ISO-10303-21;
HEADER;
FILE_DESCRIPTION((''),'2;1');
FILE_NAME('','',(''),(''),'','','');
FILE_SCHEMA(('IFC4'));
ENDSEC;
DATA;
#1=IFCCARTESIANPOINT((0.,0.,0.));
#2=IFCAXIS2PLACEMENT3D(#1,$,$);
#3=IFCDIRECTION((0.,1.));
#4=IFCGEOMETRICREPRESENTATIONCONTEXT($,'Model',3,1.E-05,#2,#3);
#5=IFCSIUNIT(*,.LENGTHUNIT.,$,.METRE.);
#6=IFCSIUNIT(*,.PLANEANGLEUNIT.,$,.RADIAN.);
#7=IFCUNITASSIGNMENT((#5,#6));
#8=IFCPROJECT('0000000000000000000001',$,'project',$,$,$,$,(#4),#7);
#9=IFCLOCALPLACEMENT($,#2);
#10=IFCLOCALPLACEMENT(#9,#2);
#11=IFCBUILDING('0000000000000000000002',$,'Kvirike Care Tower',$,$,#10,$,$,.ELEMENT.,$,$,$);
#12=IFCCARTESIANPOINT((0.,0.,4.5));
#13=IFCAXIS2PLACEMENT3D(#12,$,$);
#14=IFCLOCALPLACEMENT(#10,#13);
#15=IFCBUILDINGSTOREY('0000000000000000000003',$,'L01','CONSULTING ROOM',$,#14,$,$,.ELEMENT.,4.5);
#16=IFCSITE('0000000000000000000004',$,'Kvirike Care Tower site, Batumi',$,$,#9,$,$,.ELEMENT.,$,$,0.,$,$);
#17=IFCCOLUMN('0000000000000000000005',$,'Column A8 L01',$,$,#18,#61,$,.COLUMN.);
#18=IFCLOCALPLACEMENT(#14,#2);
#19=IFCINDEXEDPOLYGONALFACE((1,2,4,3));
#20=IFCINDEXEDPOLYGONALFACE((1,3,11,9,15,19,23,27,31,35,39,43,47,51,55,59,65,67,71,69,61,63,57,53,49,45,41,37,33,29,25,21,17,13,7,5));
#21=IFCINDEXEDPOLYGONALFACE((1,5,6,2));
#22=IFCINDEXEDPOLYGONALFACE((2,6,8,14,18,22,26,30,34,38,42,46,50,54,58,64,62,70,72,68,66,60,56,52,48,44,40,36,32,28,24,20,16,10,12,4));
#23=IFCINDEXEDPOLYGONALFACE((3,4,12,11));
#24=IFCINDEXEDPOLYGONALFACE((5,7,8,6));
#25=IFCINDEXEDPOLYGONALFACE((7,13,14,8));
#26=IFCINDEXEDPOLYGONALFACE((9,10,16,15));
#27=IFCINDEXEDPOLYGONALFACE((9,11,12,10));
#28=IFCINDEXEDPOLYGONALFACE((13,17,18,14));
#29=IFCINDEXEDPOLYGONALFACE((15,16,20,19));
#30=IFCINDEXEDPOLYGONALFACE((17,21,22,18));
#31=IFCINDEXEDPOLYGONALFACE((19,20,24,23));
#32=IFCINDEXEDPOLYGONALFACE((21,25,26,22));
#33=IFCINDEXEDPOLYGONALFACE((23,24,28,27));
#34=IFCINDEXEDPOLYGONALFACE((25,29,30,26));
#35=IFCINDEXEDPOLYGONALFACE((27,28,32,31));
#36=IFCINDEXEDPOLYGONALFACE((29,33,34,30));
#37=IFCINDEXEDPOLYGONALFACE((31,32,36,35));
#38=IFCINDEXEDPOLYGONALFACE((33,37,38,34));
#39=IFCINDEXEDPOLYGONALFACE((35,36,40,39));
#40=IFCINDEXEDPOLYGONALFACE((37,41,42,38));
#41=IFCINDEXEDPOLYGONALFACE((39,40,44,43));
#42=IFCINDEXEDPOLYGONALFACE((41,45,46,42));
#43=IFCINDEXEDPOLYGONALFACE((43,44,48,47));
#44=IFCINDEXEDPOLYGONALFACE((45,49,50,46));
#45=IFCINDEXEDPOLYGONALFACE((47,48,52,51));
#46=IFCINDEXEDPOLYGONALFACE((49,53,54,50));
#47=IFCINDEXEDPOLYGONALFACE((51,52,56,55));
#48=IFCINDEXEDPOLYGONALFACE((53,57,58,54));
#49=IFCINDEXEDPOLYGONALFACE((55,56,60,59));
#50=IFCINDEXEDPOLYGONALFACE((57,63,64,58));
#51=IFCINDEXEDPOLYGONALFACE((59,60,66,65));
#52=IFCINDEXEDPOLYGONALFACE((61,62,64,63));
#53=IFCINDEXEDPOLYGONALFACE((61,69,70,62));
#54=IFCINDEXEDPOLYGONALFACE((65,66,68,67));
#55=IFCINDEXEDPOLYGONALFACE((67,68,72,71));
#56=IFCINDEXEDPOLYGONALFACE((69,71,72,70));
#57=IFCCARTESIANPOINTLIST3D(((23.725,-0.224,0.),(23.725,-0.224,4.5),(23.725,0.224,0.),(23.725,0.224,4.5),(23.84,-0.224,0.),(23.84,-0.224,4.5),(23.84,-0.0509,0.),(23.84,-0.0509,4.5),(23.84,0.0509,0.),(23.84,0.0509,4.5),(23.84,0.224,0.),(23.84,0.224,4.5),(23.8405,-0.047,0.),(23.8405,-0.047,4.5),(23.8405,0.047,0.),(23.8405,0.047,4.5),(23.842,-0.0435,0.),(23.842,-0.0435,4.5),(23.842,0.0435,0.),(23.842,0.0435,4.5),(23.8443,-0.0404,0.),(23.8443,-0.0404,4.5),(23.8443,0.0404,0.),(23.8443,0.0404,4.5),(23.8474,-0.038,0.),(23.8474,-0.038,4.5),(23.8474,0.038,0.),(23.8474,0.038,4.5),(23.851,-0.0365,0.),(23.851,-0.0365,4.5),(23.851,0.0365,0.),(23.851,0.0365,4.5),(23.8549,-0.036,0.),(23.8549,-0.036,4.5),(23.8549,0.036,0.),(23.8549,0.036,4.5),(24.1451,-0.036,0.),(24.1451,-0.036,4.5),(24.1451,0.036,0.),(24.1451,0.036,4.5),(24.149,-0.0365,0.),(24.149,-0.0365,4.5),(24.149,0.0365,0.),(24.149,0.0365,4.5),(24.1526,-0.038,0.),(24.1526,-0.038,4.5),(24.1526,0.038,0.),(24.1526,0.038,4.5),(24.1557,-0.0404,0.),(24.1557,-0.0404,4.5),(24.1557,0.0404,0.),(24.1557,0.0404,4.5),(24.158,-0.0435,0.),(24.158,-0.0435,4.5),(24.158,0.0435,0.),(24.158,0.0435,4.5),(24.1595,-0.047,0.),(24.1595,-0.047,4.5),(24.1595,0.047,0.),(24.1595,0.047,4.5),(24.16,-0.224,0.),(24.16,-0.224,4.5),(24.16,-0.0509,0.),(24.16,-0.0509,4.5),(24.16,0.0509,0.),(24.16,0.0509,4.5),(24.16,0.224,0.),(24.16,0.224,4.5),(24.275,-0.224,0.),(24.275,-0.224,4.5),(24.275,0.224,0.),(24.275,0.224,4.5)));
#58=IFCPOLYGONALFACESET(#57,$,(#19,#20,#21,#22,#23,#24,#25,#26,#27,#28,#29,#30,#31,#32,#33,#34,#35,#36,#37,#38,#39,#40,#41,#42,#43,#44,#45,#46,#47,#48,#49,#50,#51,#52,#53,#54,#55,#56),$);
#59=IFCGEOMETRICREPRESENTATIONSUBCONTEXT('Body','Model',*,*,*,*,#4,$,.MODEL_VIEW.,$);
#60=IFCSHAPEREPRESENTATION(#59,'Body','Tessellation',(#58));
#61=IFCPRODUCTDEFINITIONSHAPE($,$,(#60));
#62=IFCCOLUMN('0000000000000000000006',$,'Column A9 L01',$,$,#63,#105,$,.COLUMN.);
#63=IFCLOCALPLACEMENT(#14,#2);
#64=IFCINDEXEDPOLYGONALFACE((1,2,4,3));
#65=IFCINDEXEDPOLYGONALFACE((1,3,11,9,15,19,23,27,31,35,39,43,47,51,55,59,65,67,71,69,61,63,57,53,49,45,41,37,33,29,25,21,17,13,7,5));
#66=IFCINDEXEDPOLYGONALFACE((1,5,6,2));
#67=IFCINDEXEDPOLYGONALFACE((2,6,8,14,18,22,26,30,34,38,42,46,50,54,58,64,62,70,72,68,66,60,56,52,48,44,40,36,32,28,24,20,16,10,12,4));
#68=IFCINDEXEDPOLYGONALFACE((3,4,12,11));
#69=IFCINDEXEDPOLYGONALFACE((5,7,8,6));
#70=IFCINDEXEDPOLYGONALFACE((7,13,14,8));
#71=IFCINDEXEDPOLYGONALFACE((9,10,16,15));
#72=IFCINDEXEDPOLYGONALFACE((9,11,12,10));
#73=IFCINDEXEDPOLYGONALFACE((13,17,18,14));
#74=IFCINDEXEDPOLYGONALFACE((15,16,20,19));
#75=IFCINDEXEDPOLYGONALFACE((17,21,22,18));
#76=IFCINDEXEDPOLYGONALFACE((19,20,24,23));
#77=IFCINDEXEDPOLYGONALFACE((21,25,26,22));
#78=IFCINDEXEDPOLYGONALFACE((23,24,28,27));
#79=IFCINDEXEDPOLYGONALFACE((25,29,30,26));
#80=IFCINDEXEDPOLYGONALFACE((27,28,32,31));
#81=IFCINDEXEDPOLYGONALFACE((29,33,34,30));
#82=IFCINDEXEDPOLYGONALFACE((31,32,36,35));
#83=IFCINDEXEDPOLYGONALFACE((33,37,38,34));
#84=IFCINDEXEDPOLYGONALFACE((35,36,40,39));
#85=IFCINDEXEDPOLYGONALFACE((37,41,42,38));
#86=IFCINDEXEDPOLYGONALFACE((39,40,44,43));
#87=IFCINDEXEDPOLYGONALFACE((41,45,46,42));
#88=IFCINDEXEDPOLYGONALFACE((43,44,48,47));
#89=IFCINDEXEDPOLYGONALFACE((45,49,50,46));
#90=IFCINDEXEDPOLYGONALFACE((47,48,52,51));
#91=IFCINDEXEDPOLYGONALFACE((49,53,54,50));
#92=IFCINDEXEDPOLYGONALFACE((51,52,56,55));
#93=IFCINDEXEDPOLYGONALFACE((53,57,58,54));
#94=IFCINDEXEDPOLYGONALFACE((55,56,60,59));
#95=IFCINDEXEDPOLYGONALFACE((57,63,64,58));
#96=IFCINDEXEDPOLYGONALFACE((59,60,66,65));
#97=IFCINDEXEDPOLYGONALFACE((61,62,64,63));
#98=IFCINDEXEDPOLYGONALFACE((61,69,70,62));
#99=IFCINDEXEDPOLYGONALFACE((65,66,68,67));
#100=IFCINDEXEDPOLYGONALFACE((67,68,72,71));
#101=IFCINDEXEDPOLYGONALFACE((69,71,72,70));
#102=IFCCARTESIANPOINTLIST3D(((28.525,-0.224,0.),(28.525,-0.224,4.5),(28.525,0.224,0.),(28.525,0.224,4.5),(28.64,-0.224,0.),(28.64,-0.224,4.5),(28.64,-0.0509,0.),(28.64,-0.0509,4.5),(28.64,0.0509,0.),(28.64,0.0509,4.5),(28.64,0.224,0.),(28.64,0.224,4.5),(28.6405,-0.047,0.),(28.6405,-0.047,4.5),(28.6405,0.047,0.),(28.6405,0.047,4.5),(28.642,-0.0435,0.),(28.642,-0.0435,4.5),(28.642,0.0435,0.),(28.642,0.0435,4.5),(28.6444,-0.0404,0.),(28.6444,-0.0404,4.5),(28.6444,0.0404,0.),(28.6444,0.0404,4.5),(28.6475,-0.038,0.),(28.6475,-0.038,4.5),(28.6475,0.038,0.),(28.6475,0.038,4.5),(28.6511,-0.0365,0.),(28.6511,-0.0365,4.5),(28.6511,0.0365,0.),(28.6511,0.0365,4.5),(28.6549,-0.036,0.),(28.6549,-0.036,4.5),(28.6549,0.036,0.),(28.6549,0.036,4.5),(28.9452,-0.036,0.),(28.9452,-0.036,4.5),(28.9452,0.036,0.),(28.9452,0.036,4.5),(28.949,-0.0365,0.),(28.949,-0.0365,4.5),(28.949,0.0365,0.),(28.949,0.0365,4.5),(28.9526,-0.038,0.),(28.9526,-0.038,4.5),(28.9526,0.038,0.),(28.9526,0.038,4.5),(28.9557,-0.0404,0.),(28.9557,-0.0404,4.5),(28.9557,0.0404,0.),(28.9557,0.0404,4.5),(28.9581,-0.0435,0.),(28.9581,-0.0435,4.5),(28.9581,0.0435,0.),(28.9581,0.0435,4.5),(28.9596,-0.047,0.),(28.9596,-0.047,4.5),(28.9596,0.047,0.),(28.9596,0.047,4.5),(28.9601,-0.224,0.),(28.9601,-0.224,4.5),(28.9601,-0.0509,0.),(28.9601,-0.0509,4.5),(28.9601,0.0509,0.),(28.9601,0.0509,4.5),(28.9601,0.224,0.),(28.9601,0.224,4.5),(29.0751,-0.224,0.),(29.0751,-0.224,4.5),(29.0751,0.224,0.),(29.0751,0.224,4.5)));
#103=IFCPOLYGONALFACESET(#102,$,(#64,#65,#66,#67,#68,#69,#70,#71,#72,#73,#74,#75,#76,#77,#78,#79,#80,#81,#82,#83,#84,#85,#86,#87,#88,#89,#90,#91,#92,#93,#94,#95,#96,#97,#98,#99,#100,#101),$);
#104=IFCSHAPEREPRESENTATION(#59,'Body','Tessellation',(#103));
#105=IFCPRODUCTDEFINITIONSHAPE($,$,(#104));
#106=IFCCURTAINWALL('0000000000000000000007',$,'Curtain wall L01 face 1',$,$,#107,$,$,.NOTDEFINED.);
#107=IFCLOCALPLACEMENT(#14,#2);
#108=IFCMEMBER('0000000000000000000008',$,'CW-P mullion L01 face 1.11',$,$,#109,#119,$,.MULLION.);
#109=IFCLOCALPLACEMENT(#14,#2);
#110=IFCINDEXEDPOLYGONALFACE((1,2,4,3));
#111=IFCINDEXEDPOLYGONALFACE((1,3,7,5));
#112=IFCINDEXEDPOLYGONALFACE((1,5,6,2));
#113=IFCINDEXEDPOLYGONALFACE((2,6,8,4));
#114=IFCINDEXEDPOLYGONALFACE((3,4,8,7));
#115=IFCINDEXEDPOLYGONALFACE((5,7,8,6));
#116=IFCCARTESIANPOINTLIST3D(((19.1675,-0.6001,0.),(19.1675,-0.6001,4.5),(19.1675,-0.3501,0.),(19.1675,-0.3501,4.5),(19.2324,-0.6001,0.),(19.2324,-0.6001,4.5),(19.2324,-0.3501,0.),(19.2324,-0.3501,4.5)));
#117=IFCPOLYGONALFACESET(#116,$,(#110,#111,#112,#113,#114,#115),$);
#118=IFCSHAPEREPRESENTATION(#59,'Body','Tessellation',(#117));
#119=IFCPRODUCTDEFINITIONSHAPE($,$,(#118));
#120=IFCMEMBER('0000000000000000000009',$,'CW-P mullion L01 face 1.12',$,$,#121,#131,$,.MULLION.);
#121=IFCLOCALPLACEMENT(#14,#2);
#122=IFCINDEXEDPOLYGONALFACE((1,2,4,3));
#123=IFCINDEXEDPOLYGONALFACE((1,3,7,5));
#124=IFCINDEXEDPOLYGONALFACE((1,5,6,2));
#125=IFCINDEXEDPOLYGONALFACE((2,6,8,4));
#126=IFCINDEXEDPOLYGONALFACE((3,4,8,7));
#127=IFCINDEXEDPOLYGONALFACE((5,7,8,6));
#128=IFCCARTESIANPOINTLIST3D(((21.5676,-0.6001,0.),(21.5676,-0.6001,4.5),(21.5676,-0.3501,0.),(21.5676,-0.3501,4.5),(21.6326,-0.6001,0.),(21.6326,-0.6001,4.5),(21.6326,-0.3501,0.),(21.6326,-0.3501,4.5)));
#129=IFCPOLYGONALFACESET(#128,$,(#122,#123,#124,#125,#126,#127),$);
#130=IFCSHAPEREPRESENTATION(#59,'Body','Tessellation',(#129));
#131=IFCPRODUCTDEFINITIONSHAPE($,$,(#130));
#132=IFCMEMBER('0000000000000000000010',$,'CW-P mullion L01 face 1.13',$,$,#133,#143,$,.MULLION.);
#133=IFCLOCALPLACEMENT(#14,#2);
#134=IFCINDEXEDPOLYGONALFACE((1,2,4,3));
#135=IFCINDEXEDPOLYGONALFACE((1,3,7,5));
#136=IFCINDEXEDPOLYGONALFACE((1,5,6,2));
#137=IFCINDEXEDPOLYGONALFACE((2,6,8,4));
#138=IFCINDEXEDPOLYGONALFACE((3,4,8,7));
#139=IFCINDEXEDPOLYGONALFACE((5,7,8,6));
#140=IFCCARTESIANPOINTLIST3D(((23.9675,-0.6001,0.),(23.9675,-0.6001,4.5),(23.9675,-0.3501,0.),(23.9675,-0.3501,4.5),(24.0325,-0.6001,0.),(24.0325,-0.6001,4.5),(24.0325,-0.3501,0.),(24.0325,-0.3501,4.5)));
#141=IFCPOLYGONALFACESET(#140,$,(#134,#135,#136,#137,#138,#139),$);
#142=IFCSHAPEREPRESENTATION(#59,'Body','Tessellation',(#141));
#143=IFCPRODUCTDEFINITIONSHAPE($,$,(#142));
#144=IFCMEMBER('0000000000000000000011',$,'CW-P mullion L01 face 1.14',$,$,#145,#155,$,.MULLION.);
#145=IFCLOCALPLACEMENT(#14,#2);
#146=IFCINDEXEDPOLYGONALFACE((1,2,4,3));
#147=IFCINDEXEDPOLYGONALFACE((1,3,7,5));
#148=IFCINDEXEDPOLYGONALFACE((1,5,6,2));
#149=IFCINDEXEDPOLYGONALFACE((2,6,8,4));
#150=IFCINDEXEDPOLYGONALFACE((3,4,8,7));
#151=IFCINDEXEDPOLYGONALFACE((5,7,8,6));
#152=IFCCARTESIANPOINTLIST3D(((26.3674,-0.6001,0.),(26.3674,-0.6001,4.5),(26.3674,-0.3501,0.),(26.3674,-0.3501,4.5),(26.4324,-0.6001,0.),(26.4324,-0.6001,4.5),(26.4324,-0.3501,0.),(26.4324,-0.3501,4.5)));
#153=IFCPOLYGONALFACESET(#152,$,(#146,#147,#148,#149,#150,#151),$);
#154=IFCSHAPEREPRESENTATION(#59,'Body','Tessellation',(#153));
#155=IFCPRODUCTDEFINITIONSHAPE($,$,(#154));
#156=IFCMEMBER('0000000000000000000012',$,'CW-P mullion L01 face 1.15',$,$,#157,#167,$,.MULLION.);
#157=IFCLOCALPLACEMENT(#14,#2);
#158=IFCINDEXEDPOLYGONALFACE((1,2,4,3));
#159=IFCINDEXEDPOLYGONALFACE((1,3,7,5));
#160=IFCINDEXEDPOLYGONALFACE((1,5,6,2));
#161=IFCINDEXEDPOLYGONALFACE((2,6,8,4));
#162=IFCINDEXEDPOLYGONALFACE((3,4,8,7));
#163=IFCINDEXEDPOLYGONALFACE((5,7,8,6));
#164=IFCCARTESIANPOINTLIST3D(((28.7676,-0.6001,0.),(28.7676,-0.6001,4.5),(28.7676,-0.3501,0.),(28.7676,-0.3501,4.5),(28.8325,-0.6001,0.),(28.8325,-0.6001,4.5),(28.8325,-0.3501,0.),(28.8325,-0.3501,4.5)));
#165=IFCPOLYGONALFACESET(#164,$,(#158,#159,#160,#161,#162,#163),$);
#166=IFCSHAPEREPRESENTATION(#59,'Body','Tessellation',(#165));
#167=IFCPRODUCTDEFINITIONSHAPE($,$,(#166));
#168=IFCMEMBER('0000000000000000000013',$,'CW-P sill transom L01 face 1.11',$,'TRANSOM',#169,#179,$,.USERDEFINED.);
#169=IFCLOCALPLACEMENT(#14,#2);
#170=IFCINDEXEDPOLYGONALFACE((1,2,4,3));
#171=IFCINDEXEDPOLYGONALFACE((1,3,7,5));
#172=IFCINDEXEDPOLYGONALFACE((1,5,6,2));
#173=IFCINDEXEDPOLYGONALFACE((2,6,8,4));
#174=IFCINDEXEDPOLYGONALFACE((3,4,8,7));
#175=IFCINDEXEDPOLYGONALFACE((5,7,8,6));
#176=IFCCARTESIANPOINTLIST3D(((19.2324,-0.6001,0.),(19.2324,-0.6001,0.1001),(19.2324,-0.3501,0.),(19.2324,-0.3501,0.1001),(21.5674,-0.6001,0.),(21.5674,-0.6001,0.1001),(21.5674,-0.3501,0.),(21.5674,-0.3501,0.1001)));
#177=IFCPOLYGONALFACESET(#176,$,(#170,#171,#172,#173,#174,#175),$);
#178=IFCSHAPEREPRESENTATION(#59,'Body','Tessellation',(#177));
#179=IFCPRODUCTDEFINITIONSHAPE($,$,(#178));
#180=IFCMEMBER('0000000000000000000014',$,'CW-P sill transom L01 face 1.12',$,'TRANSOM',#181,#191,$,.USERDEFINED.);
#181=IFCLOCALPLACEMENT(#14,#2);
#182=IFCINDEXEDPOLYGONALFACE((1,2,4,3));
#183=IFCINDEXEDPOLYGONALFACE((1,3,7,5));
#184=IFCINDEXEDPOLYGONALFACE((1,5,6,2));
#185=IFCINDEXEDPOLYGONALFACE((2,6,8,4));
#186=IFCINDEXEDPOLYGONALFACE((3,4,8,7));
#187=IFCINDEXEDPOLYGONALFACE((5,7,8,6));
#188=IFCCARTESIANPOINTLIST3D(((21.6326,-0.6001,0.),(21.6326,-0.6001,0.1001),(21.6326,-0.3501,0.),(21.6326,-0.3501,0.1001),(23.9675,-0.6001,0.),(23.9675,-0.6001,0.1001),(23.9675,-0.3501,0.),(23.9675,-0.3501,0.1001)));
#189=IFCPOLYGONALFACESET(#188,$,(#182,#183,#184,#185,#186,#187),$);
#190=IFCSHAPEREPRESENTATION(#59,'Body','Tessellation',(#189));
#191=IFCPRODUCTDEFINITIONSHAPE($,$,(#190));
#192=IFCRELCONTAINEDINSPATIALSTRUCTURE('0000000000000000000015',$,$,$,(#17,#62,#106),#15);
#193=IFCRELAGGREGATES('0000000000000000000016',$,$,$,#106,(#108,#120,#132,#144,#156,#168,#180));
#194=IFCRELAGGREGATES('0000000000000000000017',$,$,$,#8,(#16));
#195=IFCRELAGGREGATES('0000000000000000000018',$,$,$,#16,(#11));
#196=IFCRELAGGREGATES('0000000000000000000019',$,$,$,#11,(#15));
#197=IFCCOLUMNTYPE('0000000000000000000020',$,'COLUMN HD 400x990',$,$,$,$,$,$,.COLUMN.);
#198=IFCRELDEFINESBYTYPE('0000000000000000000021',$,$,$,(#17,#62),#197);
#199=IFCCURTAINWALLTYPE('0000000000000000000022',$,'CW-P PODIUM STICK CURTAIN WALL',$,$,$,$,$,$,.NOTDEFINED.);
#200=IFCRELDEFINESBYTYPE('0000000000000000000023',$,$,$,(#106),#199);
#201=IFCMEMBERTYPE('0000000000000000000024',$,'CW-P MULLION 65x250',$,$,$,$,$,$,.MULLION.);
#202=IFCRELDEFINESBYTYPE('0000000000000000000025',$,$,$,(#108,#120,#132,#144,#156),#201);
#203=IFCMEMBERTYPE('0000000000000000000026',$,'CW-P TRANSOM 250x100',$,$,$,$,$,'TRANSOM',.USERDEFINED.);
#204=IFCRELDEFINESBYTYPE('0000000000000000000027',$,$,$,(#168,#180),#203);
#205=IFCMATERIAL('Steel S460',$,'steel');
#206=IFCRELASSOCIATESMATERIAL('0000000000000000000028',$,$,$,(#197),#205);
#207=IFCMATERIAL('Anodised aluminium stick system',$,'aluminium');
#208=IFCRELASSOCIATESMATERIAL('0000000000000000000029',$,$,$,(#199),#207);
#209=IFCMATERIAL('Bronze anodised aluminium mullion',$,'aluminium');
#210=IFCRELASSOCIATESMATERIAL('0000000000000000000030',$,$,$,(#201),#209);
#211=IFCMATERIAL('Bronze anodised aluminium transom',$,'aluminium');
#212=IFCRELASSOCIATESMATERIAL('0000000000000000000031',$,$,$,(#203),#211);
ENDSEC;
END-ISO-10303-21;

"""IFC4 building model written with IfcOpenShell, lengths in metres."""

from ifc_helpers import new_model, si_unit, direction, frame, origin, origin_2d, place, context, subcontext, project, spatial, rectangle, i_section, extrude, material, material_profile, profile_set, type_object, element, aggregate, save


model = new_model("IFC4")

# Units and contexts
model_context = context("Model", 3, precision=1e-05, world=origin(), true_north=direction((0.0, 1.0)))
body_context = subcontext(model_context, "Body", "Model", "MODEL_VIEW")
ifc_project = project(units=[si_unit("LENGTHUNIT", "METRE"), si_unit("PLANEANGLEUNIT", "RADIAN")], contexts=[model_context])

# Site, building, storey
site_placement = place(None, origin())
site = spatial("IfcSite", under=ifc_project, at=site_placement, Name="Kvirike Care Tower site, Batumi", CompositionType="ELEMENT", RefElevation=0.0)
building_placement = place(site_placement, origin())
building = spatial("IfcBuilding", under=site, at=building_placement, Name="Kvirike Care Tower", CompositionType="ELEMENT")
storey_placement = place(building_placement, frame((0.0, 0.0, 4.5)))
storey = spatial("IfcBuildingStorey", under=building, at=storey_placement, Name="L01", Description="CONSULTING ROOM", CompositionType="ELEMENT", Elevation=4.5)

# Columns
ifc_material_1 = material(Name="Steel S460", Category="steel")
ifc_material_profile_1 = material_profile(ifc_material_1, i_section(OverallWidth=0.448, OverallDepth=0.55, WebThickness=0.072, FlangeThickness=0.115, FilletRadius=0.0149, at=origin_2d()), Name="HD 400x990")
ifc_profile_set_1 = profile_set([ifc_material_profile_1], Name="Steel S460")
column_type = type_object("IfcColumnType", Name="COLUMN HD 400x990", PredefinedType="COLUMN", material=ifc_profile_set_1)
for number, where, z_axis, x_axis, name in (
    (1, (24.0, 0.0, 0.0), (0.0, 0.0, 1.0), (0.0, 1.0, 0.0), "Column A8 L01"),
    (2, (28.8, 0.0, 0.0), (0.0, 0.0, 1.0), (0.0, 1.0, 0.0), "Column A9 L01"),
):
    element("IfcColumn", number, at=place(storey_placement, frame(where, z_axis=z_axis, x_axis=x_axis)), inside=storey, type_object=column_type, Name=name, PredefinedType="COLUMN", context=body_context, shape_type="SweptSolid", body=[
        extrude(i_section(OverallWidth=0.448, OverallDepth=0.55, WebThickness=0.072, FlangeThickness=0.115, FilletRadius=0.0149, at=origin_2d()), origin(), (0.0, 0.0, 1.0), 4.5),
    ])

# Curtain wall, members
ifc_material_2 = material(Name="Anodised aluminium stick system", Category="aluminium")
curtain_wall_type = type_object("IfcCurtainWallType", Name="CW-P PODIUM STICK CURTAIN WALL", PredefinedType="NOTDEFINED", material=ifc_material_2)
curtain_wall_placement = place(storey_placement, origin())
curtain_wall = element("IfcCurtainWall", 3, at=curtain_wall_placement, inside=storey, type_object=curtain_wall_type, Name="Curtain wall L01 face 1", PredefinedType="NOTDEFINED")
ifc_material_3 = material(Name="Bronze anodised aluminium mullion", Category="aluminium")
ifc_material_profile_2 = material_profile(ifc_material_3, rectangle(XDim=0.0649, YDim=0.25, at=origin_2d()), Name="CW-P MULLION 65x250")
ifc_profile_set_2 = profile_set([ifc_material_profile_2], Name="Bronze anodised aluminium mullion")
member_type_1 = type_object("IfcMemberType", Name="CW-P MULLION 65x250", PredefinedType="MULLION", material=ifc_profile_set_2)
member_1_placement = place(storey_placement, frame((19.2, -0.4751, 0.0), z_axis=(0.0, 0.0, 1.0), x_axis=(1.0, 0.0, 0.0)))
member_1 = element("IfcMember", 4, at=member_1_placement, type_object=member_type_1, Name="CW-P mullion L01 face 1.11", PredefinedType="MULLION", context=body_context, shape_type="SweptSolid", body=[
    extrude(rectangle(XDim=0.0649, YDim=0.25, at=origin_2d()), origin(), (0.0, 0.0, 1.0), 4.5),
])
member_2_placement = place(storey_placement, frame((21.6001, -0.4751, 0.0), z_axis=(0.0, 0.0, 1.0), x_axis=(1.0, 0.0, 0.0)))
member_2 = element("IfcMember", 5, at=member_2_placement, type_object=member_type_1, Name="CW-P mullion L01 face 1.12", PredefinedType="MULLION", context=body_context, shape_type="SweptSolid", body=[
    extrude(rectangle(XDim=0.0649, YDim=0.25, at=origin_2d()), origin(), (0.0, 0.0, 1.0), 4.5),
])
member_3_placement = place(storey_placement, frame((24.0, -0.4751, 0.0), z_axis=(0.0, 0.0, 1.0), x_axis=(1.0, 0.0, 0.0)))
member_3 = element("IfcMember", 6, at=member_3_placement, type_object=member_type_1, Name="CW-P mullion L01 face 1.13", PredefinedType="MULLION", context=body_context, shape_type="SweptSolid", body=[
    extrude(rectangle(XDim=0.0649, YDim=0.25, at=origin_2d()), origin(), (0.0, 0.0, 1.0), 4.5),
])
member_4_placement = place(storey_placement, frame((26.3999, -0.4751, 0.0), z_axis=(0.0, 0.0, 1.0), x_axis=(1.0, 0.0, 0.0)))
member_4 = element("IfcMember", 7, at=member_4_placement, type_object=member_type_1, Name="CW-P mullion L01 face 1.14", PredefinedType="MULLION", context=body_context, shape_type="SweptSolid", body=[
    extrude(rectangle(XDim=0.0649, YDim=0.25, at=origin_2d()), origin(), (0.0, 0.0, 1.0), 4.5),
])
member_5_placement = place(storey_placement, frame((28.8, -0.4751, 0.0), z_axis=(0.0, 0.0, 1.0), x_axis=(1.0, 0.0, 0.0)))
member_5 = element("IfcMember", 8, at=member_5_placement, type_object=member_type_1, Name="CW-P mullion L01 face 1.15", PredefinedType="MULLION", context=body_context, shape_type="SweptSolid", body=[
    extrude(rectangle(XDim=0.0649, YDim=0.25, at=origin_2d()), origin(), (0.0, 0.0, 1.0), 4.5),
])
ifc_material_4 = material(Name="Bronze anodised aluminium transom", Category="aluminium")
ifc_material_profile_3 = material_profile(ifc_material_4, rectangle(XDim=0.25, YDim=0.1001, at=origin_2d()), Name="CW-P TRANSOM 250x100")
ifc_profile_set_3 = profile_set([ifc_material_profile_3], Name="Bronze anodised aluminium transom")
member_type_2 = type_object("IfcMemberType", Name="CW-P TRANSOM 250x100", ElementType="TRANSOM", PredefinedType="USERDEFINED", material=ifc_profile_set_3)
member_6_placement = place(storey_placement, frame((19.2324, -0.4751, 0.05), z_axis=(1.0, 0.0, 0.0), x_axis=(0.0, 1.0, 0.0)))
member_6 = element("IfcMember", 9, at=member_6_placement, type_object=member_type_2, Name="CW-P sill transom L01 face 1.11", ObjectType="TRANSOM", PredefinedType="USERDEFINED", context=body_context, shape_type="SweptSolid", body=[
    extrude(rectangle(XDim=0.25, YDim=0.1001, at=origin_2d()), origin(), (0.0, 0.0, 1.0), 2.335),
])
member_7_placement = place(storey_placement, frame((21.6326, -0.4751, 0.05), z_axis=(1.0, 0.0, 0.0), x_axis=(0.0, 1.0, 0.0)))
member_7 = element("IfcMember", 10, at=member_7_placement, type_object=member_type_2, Name="CW-P sill transom L01 face 1.12", ObjectType="TRANSOM", PredefinedType="USERDEFINED", context=body_context, shape_type="SweptSolid", body=[
    extrude(rectangle(XDim=0.25, YDim=0.1001, at=origin_2d()), origin(), (0.0, 0.0, 1.0), 2.335),
])

aggregate(curtain_wall, [member_1, member_2, member_3, member_4, member_5, member_6, member_7])

save(model, "model.ifc")
